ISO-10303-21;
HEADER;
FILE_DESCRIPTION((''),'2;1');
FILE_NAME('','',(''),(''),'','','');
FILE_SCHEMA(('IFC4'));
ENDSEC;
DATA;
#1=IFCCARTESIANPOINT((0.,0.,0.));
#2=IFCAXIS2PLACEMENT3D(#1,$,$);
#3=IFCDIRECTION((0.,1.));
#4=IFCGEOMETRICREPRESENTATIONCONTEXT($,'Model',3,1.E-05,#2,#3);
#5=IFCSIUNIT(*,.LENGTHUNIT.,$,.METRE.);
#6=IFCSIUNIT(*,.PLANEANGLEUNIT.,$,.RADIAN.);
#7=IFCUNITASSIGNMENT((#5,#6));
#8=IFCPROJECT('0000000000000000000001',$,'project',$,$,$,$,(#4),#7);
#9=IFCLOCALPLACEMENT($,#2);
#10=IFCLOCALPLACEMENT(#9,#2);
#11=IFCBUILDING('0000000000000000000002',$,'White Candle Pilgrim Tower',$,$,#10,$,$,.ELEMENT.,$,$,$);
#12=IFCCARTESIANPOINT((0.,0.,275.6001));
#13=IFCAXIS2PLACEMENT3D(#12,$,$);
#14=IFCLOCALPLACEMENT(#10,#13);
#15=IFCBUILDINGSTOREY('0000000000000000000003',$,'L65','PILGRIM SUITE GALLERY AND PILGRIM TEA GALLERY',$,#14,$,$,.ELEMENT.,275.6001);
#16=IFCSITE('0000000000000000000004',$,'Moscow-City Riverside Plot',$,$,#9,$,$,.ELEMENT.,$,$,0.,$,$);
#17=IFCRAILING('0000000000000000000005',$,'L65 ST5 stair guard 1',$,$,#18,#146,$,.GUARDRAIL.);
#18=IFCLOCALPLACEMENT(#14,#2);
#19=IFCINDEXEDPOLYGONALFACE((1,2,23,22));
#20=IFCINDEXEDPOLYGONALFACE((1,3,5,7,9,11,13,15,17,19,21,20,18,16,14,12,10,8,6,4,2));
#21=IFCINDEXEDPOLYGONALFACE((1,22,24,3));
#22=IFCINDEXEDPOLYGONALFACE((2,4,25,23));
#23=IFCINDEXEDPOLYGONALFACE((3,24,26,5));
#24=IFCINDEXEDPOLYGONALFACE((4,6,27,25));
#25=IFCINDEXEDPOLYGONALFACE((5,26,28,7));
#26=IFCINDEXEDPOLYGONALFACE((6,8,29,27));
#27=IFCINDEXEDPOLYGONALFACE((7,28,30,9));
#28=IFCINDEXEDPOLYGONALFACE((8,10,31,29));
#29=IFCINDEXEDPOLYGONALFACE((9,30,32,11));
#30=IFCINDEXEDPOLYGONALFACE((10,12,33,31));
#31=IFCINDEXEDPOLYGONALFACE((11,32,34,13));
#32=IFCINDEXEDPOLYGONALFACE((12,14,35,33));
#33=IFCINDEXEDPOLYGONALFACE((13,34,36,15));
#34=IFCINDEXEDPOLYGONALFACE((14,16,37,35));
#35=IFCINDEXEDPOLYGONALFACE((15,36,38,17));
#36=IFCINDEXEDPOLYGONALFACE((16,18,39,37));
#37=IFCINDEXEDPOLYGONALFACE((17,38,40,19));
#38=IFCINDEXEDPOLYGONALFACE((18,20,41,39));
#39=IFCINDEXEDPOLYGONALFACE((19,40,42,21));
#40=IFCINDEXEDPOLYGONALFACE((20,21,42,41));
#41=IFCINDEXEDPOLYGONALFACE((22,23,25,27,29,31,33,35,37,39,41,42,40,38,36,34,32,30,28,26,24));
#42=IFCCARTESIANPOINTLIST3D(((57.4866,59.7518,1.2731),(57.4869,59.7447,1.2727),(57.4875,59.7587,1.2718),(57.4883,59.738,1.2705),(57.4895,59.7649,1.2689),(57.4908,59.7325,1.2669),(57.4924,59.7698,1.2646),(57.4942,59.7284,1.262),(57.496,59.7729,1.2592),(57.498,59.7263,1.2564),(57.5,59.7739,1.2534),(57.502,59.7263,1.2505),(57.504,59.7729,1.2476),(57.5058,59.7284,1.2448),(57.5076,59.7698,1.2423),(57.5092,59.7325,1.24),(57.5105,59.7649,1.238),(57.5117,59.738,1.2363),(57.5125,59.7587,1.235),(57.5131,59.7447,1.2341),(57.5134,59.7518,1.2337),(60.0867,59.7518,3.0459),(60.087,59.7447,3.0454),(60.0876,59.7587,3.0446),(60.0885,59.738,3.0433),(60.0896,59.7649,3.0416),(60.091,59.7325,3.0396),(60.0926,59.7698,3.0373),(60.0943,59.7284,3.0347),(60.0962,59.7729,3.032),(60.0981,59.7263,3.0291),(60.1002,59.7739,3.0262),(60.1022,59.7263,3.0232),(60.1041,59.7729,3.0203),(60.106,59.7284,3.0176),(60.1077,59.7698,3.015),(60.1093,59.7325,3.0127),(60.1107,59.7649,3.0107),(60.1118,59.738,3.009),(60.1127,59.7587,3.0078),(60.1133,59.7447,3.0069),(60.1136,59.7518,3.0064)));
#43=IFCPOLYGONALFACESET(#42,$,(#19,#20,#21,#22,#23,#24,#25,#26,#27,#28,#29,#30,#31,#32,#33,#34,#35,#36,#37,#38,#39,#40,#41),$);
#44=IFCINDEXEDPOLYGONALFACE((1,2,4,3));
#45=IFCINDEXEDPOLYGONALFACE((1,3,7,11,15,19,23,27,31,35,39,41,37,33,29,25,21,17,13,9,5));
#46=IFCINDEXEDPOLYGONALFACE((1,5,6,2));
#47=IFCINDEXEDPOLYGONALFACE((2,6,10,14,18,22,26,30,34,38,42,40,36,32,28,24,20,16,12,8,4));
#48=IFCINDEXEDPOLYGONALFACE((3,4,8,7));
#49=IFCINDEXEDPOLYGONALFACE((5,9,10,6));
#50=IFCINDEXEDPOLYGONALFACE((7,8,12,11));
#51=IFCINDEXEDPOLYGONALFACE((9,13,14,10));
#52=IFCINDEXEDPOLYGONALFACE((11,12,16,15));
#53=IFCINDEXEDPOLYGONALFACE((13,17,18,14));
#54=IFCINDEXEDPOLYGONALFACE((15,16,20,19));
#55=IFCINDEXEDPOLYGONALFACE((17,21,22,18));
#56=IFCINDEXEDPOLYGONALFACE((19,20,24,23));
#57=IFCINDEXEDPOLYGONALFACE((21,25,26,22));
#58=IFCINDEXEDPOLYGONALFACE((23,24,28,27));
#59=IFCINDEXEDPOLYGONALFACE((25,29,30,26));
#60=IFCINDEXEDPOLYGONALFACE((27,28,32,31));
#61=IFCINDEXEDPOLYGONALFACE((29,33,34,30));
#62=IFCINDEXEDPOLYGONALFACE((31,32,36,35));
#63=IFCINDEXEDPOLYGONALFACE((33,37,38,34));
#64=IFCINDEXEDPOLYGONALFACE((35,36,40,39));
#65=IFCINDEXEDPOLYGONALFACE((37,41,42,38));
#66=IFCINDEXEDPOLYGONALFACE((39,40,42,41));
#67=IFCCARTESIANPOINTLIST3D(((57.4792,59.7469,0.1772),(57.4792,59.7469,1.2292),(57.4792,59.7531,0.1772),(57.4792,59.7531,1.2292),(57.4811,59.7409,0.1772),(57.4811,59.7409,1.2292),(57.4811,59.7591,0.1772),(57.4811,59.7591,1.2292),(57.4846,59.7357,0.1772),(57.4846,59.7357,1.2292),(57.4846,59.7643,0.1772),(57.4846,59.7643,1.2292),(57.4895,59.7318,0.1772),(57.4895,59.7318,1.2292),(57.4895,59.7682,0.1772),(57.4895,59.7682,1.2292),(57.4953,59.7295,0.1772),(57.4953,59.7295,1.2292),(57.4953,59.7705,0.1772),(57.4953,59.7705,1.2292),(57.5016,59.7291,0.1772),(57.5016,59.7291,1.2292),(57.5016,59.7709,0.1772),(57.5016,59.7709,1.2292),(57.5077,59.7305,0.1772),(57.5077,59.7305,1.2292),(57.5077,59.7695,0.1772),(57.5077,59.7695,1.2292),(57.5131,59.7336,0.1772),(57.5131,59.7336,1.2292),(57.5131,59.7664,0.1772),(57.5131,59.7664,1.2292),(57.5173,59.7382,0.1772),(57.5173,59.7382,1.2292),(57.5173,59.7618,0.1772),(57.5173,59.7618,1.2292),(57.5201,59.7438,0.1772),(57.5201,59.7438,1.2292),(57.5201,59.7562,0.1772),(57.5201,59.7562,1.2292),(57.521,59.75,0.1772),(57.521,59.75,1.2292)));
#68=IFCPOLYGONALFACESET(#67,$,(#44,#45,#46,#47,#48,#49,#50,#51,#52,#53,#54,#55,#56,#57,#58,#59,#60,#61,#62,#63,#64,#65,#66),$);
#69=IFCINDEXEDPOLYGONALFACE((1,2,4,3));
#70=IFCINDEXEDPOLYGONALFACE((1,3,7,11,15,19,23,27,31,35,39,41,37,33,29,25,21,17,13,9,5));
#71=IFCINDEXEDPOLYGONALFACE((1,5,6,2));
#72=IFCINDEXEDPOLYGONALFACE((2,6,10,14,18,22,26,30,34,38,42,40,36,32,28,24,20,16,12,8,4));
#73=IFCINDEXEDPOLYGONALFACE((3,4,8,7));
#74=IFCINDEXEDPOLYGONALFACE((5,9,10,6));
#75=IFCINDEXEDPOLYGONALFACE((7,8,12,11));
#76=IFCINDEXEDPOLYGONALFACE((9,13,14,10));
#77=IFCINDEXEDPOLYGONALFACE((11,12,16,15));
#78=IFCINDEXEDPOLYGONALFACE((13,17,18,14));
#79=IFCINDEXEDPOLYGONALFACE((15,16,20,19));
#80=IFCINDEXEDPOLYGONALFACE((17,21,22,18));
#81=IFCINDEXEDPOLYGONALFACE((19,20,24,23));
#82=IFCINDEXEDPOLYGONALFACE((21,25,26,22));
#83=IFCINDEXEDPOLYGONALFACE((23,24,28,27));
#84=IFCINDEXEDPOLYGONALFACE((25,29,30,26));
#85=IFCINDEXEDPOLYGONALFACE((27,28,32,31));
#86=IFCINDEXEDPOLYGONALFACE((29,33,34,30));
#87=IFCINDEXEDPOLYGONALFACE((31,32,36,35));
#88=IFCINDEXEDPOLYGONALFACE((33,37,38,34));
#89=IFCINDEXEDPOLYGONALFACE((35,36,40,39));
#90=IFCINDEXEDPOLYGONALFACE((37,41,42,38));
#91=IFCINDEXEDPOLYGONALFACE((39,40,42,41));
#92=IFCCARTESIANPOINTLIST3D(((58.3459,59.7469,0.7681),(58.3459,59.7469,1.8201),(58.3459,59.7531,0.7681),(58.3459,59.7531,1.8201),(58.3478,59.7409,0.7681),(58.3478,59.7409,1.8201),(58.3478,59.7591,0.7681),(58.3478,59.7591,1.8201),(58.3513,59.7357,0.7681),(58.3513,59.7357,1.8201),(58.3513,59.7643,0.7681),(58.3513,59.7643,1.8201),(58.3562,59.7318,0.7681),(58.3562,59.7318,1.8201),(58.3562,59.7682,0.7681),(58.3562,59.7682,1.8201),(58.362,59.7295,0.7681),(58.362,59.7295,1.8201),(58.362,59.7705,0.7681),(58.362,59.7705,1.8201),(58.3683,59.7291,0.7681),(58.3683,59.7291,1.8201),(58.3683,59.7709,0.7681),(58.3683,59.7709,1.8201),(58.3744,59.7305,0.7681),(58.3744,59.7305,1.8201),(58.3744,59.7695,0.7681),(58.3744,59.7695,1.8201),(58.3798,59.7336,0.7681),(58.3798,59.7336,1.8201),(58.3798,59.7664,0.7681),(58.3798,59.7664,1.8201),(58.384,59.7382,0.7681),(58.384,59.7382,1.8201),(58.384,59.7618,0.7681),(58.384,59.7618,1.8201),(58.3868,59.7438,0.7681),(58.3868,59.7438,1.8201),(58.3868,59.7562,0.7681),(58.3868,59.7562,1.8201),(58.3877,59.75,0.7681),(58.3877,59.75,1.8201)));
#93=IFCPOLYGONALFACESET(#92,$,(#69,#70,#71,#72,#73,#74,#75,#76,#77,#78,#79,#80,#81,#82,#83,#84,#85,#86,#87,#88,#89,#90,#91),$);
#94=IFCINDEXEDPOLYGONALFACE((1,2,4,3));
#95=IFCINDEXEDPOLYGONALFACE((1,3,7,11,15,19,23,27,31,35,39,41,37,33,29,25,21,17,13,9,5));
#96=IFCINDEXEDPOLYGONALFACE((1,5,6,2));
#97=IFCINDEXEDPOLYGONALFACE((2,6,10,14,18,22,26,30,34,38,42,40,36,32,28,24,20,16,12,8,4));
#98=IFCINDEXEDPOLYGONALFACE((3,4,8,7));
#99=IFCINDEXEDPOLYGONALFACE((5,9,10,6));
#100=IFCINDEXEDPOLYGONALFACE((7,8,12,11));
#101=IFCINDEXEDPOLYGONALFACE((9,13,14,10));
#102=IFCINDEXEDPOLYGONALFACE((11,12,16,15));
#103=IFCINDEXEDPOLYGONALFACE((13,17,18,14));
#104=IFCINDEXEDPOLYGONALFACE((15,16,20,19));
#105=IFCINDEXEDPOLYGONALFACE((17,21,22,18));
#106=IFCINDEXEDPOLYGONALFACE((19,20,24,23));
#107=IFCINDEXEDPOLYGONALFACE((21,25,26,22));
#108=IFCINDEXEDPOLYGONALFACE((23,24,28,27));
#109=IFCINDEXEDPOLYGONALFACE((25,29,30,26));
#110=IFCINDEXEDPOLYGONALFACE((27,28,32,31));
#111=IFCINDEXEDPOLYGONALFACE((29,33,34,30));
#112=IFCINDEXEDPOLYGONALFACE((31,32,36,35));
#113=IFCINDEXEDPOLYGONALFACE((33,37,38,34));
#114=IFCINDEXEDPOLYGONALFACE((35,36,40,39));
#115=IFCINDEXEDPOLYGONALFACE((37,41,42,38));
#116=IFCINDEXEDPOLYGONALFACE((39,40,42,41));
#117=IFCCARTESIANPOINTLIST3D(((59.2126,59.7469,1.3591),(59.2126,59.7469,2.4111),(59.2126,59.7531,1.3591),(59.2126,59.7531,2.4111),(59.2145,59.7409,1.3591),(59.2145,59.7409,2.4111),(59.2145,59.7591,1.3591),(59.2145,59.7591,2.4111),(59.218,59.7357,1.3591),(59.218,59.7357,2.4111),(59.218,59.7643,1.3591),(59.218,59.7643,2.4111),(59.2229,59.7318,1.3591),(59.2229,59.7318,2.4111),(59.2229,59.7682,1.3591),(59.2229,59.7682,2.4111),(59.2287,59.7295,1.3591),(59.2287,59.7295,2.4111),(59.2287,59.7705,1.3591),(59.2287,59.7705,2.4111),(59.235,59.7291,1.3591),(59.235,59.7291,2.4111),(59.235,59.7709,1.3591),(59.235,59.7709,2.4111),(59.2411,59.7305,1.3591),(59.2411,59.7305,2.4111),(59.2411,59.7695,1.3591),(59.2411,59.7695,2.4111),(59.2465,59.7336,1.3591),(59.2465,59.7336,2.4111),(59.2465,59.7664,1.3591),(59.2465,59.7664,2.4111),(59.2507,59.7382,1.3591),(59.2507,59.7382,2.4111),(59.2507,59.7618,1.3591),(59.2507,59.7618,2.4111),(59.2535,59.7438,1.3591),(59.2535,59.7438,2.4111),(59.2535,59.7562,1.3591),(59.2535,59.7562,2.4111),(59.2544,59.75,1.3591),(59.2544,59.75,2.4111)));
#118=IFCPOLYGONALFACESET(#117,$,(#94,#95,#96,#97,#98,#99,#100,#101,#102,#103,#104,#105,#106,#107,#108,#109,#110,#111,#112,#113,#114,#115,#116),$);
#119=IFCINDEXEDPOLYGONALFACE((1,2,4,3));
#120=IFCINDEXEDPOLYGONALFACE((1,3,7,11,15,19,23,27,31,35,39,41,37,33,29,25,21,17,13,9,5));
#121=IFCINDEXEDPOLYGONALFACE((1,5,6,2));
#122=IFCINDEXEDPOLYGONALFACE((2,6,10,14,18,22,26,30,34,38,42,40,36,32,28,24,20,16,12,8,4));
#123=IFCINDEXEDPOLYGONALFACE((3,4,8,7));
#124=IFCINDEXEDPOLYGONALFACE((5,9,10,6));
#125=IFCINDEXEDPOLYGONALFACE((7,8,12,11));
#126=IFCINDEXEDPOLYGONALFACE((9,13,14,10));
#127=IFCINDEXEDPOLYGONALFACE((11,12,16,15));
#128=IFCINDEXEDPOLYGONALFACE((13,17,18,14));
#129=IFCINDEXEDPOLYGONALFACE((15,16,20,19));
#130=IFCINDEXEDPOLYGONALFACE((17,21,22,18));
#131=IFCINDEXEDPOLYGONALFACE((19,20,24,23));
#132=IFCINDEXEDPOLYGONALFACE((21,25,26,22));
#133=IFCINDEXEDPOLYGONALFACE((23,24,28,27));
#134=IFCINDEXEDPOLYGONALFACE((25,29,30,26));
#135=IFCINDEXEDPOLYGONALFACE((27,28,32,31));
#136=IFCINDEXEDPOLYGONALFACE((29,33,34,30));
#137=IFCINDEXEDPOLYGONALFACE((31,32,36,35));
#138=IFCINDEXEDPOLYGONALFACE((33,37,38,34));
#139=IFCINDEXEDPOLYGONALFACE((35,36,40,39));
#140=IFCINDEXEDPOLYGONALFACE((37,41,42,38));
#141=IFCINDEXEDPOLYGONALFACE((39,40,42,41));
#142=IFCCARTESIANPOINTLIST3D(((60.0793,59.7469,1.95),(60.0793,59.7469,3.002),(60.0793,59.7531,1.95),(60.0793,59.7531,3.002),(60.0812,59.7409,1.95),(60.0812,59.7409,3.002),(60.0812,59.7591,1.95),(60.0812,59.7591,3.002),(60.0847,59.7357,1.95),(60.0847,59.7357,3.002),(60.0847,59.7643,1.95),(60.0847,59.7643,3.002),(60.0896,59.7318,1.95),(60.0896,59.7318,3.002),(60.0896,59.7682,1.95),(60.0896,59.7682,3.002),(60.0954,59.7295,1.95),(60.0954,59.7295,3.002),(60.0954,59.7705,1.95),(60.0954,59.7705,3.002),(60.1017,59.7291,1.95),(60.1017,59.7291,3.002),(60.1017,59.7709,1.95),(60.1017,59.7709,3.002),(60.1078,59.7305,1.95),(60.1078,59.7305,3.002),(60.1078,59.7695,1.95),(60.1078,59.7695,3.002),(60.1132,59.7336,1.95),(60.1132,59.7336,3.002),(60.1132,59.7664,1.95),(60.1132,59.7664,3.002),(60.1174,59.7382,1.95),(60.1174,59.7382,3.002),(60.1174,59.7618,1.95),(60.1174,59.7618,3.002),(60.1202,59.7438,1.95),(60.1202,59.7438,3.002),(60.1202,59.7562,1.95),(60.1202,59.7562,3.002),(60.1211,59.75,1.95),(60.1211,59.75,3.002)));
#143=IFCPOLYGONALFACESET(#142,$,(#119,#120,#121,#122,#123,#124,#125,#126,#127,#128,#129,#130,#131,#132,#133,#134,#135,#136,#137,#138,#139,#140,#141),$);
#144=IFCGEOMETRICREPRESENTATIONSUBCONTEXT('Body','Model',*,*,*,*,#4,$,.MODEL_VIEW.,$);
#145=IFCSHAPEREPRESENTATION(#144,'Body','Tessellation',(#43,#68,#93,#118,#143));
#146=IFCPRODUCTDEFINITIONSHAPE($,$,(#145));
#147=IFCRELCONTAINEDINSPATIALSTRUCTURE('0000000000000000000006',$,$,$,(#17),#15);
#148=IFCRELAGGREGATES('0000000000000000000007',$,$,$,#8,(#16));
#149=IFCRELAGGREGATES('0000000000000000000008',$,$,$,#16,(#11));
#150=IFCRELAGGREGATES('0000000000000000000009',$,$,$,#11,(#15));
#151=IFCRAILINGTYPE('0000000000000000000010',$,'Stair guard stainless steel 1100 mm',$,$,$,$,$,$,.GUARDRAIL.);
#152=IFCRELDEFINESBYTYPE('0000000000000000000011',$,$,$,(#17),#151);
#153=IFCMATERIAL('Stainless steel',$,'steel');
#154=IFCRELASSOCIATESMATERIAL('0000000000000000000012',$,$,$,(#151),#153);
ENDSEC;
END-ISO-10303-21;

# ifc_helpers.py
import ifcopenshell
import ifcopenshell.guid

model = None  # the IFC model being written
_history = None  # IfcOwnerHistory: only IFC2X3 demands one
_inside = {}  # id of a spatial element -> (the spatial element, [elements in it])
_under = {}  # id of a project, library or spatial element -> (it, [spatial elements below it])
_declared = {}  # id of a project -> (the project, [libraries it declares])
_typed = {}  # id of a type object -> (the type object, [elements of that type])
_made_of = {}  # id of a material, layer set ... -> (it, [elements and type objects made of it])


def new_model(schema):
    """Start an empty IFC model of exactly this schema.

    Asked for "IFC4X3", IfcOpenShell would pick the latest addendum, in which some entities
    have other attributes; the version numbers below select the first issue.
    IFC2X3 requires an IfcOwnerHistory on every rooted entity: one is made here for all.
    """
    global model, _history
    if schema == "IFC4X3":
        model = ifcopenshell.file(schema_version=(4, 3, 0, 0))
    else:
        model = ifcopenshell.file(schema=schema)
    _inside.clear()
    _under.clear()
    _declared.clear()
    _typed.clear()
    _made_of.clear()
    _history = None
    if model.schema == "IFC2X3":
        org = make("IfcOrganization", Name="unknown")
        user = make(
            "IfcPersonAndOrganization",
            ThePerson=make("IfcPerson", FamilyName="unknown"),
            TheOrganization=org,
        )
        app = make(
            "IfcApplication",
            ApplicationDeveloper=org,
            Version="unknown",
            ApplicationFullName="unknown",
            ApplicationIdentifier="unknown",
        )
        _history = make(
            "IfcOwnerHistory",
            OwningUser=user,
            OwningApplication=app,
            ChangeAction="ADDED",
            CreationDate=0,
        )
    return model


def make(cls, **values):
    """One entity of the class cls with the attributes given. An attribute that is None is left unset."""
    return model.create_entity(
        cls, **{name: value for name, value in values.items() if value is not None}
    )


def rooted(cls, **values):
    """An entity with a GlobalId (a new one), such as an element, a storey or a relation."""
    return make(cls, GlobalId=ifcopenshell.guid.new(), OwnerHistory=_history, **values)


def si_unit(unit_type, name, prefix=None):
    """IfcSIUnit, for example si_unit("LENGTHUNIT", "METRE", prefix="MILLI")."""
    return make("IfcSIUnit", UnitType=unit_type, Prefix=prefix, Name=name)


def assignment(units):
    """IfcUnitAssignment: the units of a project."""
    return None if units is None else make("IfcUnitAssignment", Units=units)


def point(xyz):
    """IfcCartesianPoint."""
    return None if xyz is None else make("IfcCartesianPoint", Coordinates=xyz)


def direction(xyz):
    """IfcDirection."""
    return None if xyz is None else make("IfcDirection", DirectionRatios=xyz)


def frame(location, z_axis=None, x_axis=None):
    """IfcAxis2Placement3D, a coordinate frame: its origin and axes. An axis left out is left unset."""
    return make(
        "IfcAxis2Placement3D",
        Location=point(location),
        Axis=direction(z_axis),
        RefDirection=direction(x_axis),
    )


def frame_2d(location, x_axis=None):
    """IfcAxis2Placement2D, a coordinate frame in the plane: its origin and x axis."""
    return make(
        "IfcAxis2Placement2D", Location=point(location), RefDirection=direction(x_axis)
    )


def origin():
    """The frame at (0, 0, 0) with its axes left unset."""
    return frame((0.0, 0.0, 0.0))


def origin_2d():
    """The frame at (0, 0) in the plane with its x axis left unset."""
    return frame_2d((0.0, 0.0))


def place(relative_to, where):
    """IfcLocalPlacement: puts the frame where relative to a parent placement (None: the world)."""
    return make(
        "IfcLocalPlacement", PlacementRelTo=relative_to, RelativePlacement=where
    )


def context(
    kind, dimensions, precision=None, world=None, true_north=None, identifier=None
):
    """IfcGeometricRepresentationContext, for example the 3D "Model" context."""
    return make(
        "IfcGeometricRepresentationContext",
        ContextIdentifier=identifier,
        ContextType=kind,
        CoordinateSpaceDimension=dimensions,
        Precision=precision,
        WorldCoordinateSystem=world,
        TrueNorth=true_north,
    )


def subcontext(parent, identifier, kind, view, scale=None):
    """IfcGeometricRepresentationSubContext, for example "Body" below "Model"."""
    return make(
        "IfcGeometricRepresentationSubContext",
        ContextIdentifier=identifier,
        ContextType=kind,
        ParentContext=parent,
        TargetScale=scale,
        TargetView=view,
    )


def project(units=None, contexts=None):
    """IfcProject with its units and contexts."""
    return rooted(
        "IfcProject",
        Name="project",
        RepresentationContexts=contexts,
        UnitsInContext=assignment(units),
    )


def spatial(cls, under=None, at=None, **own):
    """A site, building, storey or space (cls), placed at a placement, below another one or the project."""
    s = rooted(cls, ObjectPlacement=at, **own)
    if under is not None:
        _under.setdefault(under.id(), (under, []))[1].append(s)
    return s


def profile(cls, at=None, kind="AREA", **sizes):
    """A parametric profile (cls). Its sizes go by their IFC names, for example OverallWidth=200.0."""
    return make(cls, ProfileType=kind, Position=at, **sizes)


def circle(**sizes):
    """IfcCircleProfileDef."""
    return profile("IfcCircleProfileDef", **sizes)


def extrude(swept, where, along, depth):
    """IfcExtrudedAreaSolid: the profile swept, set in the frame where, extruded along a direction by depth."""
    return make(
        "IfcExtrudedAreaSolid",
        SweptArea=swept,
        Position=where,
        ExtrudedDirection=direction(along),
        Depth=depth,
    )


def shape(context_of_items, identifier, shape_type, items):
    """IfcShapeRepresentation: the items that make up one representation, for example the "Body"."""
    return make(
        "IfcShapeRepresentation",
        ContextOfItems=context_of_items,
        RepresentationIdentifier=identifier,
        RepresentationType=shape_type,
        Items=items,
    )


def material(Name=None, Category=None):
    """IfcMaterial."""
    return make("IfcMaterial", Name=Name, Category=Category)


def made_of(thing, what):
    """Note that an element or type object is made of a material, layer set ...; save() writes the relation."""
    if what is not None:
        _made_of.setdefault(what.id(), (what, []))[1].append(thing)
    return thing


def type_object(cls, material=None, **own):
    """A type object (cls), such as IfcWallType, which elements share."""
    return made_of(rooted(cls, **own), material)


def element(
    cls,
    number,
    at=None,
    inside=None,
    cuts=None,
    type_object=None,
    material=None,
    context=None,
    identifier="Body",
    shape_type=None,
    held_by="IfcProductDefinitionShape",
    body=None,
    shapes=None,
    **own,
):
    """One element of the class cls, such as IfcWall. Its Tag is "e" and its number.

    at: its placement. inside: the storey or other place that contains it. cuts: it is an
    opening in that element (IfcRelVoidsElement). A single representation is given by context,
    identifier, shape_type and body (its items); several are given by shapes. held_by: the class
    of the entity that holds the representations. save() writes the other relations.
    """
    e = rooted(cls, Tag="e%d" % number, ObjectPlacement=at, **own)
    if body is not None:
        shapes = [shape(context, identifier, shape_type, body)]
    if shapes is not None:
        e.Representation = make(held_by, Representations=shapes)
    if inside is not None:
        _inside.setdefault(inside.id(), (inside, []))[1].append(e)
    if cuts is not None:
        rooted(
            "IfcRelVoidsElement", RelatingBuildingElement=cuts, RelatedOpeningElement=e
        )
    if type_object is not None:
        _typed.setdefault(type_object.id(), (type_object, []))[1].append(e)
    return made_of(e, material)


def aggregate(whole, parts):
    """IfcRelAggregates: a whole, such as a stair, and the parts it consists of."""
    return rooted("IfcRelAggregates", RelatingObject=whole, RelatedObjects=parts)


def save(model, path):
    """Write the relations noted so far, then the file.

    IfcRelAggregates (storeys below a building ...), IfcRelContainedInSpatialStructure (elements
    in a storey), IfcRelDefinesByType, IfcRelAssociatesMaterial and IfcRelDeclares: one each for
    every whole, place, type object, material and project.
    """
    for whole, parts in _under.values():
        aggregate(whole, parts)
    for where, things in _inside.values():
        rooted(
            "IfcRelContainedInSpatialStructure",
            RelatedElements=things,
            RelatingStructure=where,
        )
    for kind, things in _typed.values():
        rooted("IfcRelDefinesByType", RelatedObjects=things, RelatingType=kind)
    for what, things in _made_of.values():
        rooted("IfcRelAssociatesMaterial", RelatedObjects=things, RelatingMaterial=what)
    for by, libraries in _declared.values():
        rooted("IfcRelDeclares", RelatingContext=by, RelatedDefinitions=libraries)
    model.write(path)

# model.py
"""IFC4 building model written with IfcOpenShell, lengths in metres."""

from ifc_helpers import new_model, si_unit, direction, frame, origin, origin_2d, place, context, subcontext, project, spatial, circle, extrude, material, type_object, element, save


model = new_model("IFC4")

# Units and contexts
model_context = context("Model", 3, precision=1e-05, world=origin(), true_north=direction((0.0, 1.0)))
body_context = subcontext(model_context, "Body", "Model", "MODEL_VIEW")
ifc_project = project(units=[si_unit("LENGTHUNIT", "METRE"), si_unit("PLANEANGLEUNIT", "RADIAN")], contexts=[model_context])

# Site, building, storey
site_placement = place(None, origin())
site = spatial("IfcSite", under=ifc_project, at=site_placement, Name="Moscow-City Riverside Plot", CompositionType="ELEMENT", RefElevation=0.0)
building_placement = place(site_placement, origin())
building = spatial("IfcBuilding", under=site, at=building_placement, Name="White Candle Pilgrim Tower", CompositionType="ELEMENT")
storey_placement = place(building_placement, frame((0.0, 0.0, 275.6001)))
storey = spatial("IfcBuildingStorey", under=building, at=storey_placement, Name="L65", Description="PILGRIM SUITE GALLERY AND PILGRIM TEA GALLERY", CompositionType="ELEMENT", Elevation=275.6001)

# Railing
ifc_material_1 = material(Name="Stainless steel", Category="steel")
railing_type_1 = type_object("IfcRailingType", Name="Stair guard stainless steel 1100 mm", PredefinedType="GUARDRAIL", material=ifc_material_1)
railing_1_placement = place(storey_placement, frame((57.5, 59.75, 0.1772)))
element("IfcRailing", 1, at=railing_1_placement, inside=storey, type_object=railing_type_1, Name="L65 ST5 stair guard 1", PredefinedType="GUARDRAIL", context=body_context, shape_type="SweptSolid", body=[
    extrude(circle(Radius=0.0239, at=origin_2d()), frame((0.0, 0.0, 1.0762), z_axis=(0.82624, 0.0, 0.563318), x_axis=(0.0, 1.0, 0.0)), (0.0, 0.0, 1.0), 3.147),
    extrude(circle(Radius=0.021, at=origin_2d()), origin(), (0.0, 0.0, 1.0), 1.052),
    extrude(circle(Radius=0.021, at=origin_2d()), frame((0.8667, 0.0, 0.5908)), (0.0, 0.0, 1.0), 1.052),
    extrude(circle(Radius=0.021, at=origin_2d()), frame((1.7334, 0.0, 1.1819)), (0.0, 0.0, 1.0), 1.052),
    extrude(circle(Radius=0.021, at=origin_2d()), frame((2.6001, 0.0, 1.7727)), (0.0, 0.0, 1.0), 1.052),
])

save(model, "model.ifc")
